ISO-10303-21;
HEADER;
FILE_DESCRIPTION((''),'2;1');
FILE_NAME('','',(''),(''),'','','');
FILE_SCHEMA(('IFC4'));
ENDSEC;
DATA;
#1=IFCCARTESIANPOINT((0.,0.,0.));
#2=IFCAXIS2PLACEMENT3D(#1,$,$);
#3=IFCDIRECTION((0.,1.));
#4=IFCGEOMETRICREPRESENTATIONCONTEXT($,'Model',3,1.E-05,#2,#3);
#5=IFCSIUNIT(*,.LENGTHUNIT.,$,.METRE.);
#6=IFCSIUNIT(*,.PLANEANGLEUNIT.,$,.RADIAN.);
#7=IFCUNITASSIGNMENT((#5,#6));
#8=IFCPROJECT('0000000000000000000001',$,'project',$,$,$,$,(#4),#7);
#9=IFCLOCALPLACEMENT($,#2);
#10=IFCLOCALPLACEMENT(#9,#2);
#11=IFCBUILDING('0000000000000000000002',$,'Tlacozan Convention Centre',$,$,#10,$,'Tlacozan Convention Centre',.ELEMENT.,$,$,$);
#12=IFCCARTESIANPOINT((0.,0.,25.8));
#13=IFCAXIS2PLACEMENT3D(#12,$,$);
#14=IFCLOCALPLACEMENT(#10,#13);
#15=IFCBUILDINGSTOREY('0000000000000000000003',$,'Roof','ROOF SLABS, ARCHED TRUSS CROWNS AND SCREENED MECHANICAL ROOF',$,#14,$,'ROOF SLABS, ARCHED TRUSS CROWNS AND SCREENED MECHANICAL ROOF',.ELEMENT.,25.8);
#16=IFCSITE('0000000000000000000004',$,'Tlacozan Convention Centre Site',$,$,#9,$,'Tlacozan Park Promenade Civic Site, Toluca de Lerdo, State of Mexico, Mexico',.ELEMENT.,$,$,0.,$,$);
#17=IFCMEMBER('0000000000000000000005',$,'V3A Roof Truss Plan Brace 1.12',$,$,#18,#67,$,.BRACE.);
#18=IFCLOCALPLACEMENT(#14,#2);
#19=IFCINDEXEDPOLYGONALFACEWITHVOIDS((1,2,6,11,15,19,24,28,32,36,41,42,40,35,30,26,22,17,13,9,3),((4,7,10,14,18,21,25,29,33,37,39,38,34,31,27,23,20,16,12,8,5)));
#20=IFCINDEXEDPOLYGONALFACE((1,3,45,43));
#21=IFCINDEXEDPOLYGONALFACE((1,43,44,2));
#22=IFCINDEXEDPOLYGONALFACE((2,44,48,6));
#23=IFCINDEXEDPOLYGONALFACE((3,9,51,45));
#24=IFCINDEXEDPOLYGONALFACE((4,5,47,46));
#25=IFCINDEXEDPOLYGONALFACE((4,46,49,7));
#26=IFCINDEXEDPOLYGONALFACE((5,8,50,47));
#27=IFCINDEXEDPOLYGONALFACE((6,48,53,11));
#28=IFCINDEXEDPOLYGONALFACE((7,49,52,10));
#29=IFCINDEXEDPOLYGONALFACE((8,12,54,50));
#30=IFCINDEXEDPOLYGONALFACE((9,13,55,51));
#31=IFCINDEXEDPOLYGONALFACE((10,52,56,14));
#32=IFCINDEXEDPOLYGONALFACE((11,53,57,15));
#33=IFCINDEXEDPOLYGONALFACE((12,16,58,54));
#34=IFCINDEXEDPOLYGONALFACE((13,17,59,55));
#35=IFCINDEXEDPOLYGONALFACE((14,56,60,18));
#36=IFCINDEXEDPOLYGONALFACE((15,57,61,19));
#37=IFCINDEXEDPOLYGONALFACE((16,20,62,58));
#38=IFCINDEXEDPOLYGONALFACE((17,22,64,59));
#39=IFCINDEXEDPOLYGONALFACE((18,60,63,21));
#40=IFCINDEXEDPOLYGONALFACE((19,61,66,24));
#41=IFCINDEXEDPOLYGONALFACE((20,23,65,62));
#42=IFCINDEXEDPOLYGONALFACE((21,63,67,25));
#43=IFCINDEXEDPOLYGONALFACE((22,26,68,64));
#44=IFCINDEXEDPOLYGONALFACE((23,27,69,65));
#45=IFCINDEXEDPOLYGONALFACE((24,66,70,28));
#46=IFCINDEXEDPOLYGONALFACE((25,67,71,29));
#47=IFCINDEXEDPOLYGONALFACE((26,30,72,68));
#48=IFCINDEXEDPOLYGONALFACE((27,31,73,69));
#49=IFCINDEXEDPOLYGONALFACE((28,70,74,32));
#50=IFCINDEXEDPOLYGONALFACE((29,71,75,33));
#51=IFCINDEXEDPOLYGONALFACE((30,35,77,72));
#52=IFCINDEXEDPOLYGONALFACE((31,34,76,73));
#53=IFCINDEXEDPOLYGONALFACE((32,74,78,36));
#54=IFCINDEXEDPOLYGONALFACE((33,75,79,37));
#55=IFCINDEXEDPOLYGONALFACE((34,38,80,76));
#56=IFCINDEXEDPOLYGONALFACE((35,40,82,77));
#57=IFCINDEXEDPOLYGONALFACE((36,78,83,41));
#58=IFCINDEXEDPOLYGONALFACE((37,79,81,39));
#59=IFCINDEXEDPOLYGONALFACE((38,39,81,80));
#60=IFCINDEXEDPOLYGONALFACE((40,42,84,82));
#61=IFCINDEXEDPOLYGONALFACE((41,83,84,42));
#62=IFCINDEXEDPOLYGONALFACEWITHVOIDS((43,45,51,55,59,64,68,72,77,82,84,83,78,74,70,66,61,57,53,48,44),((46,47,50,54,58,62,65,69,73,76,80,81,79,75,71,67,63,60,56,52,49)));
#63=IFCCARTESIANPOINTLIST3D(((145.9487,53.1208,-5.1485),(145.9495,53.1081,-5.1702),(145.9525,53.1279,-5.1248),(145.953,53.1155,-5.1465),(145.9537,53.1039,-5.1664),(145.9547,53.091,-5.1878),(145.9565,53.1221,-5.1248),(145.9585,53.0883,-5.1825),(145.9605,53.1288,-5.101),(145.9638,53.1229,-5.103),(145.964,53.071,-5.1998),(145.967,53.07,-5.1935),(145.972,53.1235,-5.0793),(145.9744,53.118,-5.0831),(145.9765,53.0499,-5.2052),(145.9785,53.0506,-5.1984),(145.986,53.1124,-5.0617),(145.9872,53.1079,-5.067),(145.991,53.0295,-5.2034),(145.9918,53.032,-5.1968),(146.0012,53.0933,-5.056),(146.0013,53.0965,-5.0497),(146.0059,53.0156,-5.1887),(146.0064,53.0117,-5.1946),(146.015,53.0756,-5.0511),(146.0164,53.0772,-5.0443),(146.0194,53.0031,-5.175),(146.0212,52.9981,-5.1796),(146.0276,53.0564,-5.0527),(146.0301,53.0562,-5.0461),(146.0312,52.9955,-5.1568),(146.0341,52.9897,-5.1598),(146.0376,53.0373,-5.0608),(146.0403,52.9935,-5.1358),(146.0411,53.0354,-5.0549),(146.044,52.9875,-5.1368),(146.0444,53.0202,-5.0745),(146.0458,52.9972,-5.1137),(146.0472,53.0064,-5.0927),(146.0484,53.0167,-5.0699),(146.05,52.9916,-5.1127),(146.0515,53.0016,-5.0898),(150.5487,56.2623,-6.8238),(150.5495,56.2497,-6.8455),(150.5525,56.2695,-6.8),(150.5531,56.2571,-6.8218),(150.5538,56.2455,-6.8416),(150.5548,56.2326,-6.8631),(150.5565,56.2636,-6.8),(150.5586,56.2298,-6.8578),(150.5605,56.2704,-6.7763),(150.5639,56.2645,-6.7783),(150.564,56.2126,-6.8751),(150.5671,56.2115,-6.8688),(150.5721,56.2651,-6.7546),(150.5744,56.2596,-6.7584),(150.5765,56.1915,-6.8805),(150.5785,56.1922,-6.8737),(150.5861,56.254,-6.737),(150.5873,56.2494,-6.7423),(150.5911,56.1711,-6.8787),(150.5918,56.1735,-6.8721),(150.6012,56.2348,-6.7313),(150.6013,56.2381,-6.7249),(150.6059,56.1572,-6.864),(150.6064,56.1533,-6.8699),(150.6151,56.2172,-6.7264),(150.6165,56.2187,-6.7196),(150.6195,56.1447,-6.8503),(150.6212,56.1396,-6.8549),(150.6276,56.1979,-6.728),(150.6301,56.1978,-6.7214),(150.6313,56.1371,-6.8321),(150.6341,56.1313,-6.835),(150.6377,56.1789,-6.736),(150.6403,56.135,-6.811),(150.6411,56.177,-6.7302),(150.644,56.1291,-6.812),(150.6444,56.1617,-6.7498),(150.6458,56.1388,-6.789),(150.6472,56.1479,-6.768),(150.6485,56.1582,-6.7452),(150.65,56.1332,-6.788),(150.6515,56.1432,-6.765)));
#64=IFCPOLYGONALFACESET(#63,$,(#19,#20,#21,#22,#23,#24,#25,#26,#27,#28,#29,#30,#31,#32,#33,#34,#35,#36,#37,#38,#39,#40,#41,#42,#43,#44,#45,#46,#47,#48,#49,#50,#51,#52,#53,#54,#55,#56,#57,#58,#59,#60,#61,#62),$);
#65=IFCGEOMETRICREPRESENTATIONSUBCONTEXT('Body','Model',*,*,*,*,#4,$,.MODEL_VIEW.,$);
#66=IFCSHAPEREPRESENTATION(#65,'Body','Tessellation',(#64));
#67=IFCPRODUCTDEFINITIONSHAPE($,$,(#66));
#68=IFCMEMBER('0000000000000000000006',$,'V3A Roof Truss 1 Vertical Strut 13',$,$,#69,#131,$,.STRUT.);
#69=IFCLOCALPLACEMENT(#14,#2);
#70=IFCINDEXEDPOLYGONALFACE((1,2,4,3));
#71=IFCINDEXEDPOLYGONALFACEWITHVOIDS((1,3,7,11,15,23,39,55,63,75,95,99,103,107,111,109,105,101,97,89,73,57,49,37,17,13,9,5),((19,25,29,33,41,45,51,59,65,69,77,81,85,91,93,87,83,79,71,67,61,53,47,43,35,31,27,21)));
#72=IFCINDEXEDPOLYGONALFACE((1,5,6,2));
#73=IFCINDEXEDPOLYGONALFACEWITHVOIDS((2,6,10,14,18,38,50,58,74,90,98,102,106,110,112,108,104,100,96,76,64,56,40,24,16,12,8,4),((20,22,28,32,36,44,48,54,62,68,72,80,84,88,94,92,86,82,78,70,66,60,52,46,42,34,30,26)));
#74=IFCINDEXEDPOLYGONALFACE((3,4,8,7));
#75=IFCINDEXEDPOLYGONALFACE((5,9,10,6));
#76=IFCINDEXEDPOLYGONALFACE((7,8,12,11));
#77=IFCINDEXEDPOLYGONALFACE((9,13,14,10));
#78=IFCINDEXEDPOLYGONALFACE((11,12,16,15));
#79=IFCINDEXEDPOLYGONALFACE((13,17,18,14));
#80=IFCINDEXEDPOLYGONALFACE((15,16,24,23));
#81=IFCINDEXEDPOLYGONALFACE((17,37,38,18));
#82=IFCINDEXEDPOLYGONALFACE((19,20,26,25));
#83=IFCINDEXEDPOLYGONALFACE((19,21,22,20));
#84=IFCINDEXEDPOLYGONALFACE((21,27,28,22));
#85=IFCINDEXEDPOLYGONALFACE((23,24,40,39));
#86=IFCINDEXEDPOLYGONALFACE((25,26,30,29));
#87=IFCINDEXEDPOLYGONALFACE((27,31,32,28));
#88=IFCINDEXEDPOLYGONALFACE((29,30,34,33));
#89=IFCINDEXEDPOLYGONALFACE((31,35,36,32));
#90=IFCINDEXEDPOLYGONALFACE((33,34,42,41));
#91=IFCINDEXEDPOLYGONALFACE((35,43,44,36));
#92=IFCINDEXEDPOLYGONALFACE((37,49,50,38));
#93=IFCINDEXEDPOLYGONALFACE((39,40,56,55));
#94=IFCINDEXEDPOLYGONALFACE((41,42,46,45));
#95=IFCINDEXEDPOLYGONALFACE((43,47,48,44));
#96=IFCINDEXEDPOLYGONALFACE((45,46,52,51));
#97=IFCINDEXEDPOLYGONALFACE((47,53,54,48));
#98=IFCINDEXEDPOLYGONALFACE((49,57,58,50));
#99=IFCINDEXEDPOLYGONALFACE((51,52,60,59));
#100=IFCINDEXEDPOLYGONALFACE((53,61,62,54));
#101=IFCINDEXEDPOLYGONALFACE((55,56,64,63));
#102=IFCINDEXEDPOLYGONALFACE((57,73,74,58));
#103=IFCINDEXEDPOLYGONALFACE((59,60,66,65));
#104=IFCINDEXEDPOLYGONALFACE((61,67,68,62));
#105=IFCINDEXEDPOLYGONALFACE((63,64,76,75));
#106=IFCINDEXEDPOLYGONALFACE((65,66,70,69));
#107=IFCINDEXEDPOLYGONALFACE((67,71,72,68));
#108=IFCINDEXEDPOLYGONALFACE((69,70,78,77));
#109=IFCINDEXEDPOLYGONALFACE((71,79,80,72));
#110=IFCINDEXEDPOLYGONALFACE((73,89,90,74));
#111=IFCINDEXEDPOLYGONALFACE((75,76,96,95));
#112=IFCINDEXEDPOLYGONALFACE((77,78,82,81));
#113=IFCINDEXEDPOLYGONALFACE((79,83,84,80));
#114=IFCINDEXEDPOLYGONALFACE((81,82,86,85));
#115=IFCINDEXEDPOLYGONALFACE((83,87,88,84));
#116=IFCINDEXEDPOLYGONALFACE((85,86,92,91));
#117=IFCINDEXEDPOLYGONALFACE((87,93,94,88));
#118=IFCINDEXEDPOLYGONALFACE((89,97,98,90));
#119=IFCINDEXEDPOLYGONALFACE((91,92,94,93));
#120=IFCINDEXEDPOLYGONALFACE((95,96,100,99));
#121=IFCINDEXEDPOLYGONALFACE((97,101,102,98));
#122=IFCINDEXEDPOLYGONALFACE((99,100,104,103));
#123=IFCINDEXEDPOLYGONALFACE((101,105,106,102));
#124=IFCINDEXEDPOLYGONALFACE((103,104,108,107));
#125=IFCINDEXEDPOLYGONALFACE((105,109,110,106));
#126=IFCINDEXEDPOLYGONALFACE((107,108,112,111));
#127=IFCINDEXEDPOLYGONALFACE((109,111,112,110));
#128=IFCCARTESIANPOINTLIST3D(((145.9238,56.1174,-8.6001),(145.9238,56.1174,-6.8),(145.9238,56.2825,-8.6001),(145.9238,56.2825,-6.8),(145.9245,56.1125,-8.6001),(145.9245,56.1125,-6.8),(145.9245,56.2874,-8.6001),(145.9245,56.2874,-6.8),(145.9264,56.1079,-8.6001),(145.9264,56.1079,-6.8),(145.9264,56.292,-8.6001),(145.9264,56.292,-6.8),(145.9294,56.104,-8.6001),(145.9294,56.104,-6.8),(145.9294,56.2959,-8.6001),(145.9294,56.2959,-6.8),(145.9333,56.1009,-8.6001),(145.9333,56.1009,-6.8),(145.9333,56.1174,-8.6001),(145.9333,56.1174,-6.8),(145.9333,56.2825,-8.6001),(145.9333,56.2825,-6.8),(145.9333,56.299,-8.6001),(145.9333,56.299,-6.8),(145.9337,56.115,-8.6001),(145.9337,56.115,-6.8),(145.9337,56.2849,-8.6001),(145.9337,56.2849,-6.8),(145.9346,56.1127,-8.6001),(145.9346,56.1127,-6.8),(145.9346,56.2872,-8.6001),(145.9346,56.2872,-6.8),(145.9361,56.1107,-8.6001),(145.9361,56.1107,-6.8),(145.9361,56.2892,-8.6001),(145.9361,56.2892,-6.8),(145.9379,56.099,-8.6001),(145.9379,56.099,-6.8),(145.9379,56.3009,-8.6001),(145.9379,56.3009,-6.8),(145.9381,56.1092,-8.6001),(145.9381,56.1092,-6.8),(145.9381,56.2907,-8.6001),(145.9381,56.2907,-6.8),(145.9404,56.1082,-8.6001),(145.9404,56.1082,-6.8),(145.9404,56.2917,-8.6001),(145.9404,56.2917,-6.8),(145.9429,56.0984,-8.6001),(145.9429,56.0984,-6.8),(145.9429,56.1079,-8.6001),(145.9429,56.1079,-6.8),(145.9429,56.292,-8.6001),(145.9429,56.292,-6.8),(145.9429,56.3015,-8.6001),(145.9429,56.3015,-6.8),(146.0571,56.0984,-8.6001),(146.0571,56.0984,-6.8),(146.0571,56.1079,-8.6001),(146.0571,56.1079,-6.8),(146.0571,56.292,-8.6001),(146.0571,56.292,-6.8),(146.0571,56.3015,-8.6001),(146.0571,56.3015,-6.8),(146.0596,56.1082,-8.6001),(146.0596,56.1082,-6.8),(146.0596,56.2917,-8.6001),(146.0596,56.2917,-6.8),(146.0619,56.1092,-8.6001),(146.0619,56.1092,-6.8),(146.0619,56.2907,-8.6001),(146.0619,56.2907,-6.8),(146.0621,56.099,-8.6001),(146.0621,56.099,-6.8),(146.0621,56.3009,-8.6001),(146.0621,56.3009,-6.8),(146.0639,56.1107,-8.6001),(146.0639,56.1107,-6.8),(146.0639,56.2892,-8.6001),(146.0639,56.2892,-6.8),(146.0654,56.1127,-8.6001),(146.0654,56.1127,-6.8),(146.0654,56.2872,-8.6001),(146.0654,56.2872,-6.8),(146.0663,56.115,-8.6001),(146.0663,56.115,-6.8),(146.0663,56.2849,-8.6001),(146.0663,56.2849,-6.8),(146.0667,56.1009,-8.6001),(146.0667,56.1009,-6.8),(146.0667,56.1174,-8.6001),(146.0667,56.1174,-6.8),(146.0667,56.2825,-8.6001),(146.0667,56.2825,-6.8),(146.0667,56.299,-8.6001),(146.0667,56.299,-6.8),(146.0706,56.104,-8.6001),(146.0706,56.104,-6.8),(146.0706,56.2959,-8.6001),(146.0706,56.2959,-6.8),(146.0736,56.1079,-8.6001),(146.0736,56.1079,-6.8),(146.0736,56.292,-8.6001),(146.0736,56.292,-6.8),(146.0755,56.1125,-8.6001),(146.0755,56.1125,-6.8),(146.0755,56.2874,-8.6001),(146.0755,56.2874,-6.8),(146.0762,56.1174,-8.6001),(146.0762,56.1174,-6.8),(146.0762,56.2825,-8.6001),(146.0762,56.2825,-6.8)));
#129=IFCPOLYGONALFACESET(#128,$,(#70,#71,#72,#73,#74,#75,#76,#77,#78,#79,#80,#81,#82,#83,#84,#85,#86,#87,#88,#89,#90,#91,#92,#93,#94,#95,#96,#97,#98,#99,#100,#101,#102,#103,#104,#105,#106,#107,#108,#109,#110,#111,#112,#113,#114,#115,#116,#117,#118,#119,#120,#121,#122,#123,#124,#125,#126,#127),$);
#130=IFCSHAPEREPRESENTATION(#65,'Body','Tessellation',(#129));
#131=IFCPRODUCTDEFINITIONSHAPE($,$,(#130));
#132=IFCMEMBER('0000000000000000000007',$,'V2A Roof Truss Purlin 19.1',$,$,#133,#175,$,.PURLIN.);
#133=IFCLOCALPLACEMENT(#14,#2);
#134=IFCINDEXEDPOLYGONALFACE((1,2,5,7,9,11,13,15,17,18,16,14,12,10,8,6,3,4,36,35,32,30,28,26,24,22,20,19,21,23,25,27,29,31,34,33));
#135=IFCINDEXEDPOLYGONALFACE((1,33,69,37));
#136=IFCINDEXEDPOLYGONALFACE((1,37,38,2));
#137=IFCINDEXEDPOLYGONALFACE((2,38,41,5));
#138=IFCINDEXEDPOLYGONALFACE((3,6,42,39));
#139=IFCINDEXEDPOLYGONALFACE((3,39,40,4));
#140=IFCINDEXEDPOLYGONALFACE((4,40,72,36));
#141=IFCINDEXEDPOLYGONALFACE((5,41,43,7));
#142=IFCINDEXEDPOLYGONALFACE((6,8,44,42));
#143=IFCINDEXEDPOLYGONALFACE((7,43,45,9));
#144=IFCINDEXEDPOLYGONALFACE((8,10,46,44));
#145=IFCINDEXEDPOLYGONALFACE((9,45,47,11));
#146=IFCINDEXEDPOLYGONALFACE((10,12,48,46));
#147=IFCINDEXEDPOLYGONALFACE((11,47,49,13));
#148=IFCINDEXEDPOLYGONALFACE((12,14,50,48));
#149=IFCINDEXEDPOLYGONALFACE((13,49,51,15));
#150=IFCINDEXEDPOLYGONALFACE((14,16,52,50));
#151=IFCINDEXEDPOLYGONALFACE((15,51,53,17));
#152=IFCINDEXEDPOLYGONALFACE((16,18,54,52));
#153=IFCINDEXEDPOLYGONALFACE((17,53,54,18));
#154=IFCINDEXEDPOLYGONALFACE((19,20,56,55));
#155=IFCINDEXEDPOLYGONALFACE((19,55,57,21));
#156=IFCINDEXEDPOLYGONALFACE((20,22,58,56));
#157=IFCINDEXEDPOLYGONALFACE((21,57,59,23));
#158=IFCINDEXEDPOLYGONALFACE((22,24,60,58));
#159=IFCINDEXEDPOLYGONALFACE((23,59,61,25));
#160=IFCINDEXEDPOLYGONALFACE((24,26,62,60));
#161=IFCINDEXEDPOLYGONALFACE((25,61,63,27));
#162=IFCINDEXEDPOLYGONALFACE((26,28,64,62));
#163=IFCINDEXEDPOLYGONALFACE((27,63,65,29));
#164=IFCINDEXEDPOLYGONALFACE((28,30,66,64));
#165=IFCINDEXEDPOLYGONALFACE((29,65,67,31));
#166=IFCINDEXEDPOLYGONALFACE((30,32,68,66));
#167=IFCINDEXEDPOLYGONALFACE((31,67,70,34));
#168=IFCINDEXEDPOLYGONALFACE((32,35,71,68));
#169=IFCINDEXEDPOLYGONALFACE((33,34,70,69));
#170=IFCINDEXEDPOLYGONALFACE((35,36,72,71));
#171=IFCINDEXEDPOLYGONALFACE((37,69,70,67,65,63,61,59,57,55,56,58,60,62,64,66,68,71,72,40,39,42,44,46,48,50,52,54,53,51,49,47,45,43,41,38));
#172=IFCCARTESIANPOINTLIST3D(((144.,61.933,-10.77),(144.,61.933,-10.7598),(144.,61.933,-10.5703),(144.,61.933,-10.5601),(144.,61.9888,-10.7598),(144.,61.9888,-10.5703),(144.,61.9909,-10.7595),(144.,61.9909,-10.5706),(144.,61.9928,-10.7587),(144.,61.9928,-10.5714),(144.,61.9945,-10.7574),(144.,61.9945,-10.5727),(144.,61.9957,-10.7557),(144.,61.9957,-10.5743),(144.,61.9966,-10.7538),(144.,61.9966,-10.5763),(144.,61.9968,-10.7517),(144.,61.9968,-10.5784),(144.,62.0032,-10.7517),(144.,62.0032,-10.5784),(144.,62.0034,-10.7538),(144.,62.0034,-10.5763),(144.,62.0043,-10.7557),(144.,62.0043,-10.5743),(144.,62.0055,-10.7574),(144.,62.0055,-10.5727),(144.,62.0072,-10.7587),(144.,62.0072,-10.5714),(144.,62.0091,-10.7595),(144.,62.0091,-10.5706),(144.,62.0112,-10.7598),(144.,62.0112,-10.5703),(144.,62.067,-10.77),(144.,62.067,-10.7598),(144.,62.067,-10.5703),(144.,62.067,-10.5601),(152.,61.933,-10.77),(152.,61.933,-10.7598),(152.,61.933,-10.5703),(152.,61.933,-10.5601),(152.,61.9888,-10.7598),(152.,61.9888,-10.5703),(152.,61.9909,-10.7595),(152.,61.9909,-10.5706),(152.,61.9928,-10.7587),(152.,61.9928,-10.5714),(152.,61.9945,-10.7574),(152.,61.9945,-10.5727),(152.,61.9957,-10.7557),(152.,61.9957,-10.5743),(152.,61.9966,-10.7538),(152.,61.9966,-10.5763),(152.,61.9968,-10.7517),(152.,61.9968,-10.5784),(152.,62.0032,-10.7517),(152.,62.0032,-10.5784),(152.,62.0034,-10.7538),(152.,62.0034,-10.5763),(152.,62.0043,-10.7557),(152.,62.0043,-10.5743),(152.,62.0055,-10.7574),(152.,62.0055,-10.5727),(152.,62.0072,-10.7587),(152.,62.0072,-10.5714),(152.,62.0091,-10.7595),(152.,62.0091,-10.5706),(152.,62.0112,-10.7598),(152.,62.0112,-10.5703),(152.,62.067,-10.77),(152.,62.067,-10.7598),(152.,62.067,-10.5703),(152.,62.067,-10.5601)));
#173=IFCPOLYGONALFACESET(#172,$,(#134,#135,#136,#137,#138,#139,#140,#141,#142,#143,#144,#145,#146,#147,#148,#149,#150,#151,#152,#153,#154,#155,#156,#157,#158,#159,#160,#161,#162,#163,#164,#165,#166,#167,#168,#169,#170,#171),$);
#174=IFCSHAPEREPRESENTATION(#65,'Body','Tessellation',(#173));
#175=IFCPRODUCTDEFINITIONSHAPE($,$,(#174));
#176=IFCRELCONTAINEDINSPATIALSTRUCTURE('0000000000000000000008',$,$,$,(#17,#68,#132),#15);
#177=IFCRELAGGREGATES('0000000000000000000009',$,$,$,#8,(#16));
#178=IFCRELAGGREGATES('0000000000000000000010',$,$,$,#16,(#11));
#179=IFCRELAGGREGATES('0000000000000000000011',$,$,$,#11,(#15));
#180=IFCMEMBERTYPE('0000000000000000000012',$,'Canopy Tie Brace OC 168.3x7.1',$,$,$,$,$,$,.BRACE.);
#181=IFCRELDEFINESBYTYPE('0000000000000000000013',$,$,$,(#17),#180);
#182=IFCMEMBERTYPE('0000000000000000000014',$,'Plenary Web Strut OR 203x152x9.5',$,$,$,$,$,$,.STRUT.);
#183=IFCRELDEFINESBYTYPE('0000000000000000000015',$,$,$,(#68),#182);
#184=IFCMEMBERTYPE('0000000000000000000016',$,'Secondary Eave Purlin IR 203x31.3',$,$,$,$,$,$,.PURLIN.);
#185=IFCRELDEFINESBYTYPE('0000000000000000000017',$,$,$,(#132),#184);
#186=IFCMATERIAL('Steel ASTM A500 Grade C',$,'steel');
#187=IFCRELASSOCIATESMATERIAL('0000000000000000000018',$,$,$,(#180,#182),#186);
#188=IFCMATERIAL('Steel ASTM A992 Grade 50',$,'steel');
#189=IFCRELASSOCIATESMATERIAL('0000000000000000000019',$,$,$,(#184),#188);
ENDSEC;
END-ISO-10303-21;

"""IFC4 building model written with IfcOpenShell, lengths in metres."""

from ifc_helpers import new_model, si_unit, direction, frame, origin, origin_2d, place, context, subcontext, project, spatial, hollow_rectangle, hollow_circle, i_section, extrude, material, material_profile, profile_set, type_object, element, save


model = new_model("IFC4")

# Units and contexts
model_context = context("Model", 3, precision=1e-05, world=origin(), true_north=direction((0.0, 1.0)))
body_context = subcontext(model_context, "Body", "Model", "MODEL_VIEW")
ifc_project = project(units=[si_unit("LENGTHUNIT", "METRE"), si_unit("PLANEANGLEUNIT", "RADIAN")], contexts=[model_context])

# Site, building, storey
site_placement = place(None, origin())
site = spatial("IfcSite", under=ifc_project, at=site_placement, Name="Tlacozan Convention Centre Site", LongName="Tlacozan Park Promenade Civic Site, Toluca de Lerdo, State of Mexico, Mexico", CompositionType="ELEMENT", RefElevation=0.0)
building_placement = place(site_placement, origin())
building = spatial("IfcBuilding", under=site, at=building_placement, Name="Tlacozan Convention Centre", LongName="Tlacozan Convention Centre", CompositionType="ELEMENT")
storey_placement = place(building_placement, frame((0.0, 0.0, 25.8)))
storey = spatial("IfcBuildingStorey", under=building, at=storey_placement, Name="Roof", Description="ROOF SLABS, ARCHED TRUSS CROWNS AND SCREENED MECHANICAL ROOF", LongName="ROOF SLABS, ARCHED TRUSS CROWNS AND SCREENED MECHANICAL ROOF", CompositionType="ELEMENT", Elevation=25.8)

# Members
ifc_material_1 = material(Name="Steel ASTM A500 Grade C", Category="steel")
ifc_material_profile_1 = material_profile(ifc_material_1, hollow_circle(Radius=0.0842, WallThickness=0.0071, at=origin_2d()), Name="OC 168.3x7.1")
ifc_profile_set_1 = profile_set([ifc_material_profile_1], Name="Steel ASTM A500 Grade C")
member_type_1 = type_object("IfcMemberType", Name="Canopy Tie Brace OC 168.3x7.1", PredefinedType="BRACE", material=ifc_profile_set_1)
member_1_placement = place(storey_placement, frame((146.0, 53.0583, -5.1248), z_axis=(0.790806, 0.540075, -0.288001), x_axis=(-0.56397, 0.825795, 0.0)))
element("IfcMember", 1, at=member_1_placement, inside=storey, type_object=member_type_1, Name="V3A Roof Truss Plan Brace 1.12", PredefinedType="BRACE", context=body_context, shape_type="SweptSolid", body=[
    extrude(hollow_circle(Radius=0.0842, WallThickness=0.0071, at=origin_2d()), origin(), (0.0, 0.0, 1.0), 5.8169),
])
ifc_material_profile_2 = material_profile(ifc_material_1, hollow_rectangle(XDim=0.1523, YDim=0.2031, WallThickness=0.0095, InnerFilletRadius=0.0095, OuterFilletRadius=0.019, at=origin_2d()), Name="OR 203x152x9.5")
ifc_profile_set_2 = profile_set([ifc_material_profile_2], Name="Steel ASTM A500 Grade C")
member_type_2 = type_object("IfcMemberType", Name="Plenary Web Strut OR 203x152x9.5", PredefinedType="STRUT", material=ifc_profile_set_2)
member_2_placement = place(storey_placement, frame((146.0, 56.2, -8.6001), z_axis=(0.0, 0.0, 1.0), x_axis=(1.0, 0.0, 0.0)))
element("IfcMember", 2, at=member_2_placement, inside=storey, type_object=member_type_2, Name="V3A Roof Truss 1 Vertical Strut 13", PredefinedType="STRUT", context=body_context, shape_type="SweptSolid", body=[
    extrude(hollow_rectangle(XDim=0.1523, YDim=0.2031, WallThickness=0.0095, InnerFilletRadius=0.0095, OuterFilletRadius=0.019, at=origin_2d()), origin(), (0.0, 0.0, 1.0), 1.8),
])
ifc_material_2 = material(Name="Steel ASTM A992 Grade 50", Category="steel")
ifc_material_profile_3 = material_profile(ifc_material_2, i_section(OverallWidth=0.134, OverallDepth=0.21, WebThickness=0.0063, FlangeThickness=0.0103, FilletRadius=0.0081, at=origin_2d()), Name="IR 203x31.3")
ifc_profile_set_3 = profile_set([ifc_material_profile_3], Name="Steel ASTM A992 Grade 50")
member_type_3 = type_object("IfcMemberType", Name="Secondary Eave Purlin IR 203x31.3", PredefinedType="PURLIN", material=ifc_profile_set_3)
member_3_placement = place(storey_placement, frame((144.0, 62.0, -10.665), z_axis=(1.0, 0.0, 0.0), x_axis=(0.0, 1.0, 0.0)))
element("IfcMember", 3, at=member_3_placement, inside=storey, type_object=member_type_3, Name="V2A Roof Truss Purlin 19.1", PredefinedType="PURLIN", context=body_context, shape_type="SweptSolid", body=[
    extrude(i_section(OverallWidth=0.134, OverallDepth=0.21, WebThickness=0.0063, FlangeThickness=0.0103, FilletRadius=0.0081, at=origin_2d()), origin(), (0.0, 0.0, 1.0), 8.0),
])

save(model, "model.ifc")
